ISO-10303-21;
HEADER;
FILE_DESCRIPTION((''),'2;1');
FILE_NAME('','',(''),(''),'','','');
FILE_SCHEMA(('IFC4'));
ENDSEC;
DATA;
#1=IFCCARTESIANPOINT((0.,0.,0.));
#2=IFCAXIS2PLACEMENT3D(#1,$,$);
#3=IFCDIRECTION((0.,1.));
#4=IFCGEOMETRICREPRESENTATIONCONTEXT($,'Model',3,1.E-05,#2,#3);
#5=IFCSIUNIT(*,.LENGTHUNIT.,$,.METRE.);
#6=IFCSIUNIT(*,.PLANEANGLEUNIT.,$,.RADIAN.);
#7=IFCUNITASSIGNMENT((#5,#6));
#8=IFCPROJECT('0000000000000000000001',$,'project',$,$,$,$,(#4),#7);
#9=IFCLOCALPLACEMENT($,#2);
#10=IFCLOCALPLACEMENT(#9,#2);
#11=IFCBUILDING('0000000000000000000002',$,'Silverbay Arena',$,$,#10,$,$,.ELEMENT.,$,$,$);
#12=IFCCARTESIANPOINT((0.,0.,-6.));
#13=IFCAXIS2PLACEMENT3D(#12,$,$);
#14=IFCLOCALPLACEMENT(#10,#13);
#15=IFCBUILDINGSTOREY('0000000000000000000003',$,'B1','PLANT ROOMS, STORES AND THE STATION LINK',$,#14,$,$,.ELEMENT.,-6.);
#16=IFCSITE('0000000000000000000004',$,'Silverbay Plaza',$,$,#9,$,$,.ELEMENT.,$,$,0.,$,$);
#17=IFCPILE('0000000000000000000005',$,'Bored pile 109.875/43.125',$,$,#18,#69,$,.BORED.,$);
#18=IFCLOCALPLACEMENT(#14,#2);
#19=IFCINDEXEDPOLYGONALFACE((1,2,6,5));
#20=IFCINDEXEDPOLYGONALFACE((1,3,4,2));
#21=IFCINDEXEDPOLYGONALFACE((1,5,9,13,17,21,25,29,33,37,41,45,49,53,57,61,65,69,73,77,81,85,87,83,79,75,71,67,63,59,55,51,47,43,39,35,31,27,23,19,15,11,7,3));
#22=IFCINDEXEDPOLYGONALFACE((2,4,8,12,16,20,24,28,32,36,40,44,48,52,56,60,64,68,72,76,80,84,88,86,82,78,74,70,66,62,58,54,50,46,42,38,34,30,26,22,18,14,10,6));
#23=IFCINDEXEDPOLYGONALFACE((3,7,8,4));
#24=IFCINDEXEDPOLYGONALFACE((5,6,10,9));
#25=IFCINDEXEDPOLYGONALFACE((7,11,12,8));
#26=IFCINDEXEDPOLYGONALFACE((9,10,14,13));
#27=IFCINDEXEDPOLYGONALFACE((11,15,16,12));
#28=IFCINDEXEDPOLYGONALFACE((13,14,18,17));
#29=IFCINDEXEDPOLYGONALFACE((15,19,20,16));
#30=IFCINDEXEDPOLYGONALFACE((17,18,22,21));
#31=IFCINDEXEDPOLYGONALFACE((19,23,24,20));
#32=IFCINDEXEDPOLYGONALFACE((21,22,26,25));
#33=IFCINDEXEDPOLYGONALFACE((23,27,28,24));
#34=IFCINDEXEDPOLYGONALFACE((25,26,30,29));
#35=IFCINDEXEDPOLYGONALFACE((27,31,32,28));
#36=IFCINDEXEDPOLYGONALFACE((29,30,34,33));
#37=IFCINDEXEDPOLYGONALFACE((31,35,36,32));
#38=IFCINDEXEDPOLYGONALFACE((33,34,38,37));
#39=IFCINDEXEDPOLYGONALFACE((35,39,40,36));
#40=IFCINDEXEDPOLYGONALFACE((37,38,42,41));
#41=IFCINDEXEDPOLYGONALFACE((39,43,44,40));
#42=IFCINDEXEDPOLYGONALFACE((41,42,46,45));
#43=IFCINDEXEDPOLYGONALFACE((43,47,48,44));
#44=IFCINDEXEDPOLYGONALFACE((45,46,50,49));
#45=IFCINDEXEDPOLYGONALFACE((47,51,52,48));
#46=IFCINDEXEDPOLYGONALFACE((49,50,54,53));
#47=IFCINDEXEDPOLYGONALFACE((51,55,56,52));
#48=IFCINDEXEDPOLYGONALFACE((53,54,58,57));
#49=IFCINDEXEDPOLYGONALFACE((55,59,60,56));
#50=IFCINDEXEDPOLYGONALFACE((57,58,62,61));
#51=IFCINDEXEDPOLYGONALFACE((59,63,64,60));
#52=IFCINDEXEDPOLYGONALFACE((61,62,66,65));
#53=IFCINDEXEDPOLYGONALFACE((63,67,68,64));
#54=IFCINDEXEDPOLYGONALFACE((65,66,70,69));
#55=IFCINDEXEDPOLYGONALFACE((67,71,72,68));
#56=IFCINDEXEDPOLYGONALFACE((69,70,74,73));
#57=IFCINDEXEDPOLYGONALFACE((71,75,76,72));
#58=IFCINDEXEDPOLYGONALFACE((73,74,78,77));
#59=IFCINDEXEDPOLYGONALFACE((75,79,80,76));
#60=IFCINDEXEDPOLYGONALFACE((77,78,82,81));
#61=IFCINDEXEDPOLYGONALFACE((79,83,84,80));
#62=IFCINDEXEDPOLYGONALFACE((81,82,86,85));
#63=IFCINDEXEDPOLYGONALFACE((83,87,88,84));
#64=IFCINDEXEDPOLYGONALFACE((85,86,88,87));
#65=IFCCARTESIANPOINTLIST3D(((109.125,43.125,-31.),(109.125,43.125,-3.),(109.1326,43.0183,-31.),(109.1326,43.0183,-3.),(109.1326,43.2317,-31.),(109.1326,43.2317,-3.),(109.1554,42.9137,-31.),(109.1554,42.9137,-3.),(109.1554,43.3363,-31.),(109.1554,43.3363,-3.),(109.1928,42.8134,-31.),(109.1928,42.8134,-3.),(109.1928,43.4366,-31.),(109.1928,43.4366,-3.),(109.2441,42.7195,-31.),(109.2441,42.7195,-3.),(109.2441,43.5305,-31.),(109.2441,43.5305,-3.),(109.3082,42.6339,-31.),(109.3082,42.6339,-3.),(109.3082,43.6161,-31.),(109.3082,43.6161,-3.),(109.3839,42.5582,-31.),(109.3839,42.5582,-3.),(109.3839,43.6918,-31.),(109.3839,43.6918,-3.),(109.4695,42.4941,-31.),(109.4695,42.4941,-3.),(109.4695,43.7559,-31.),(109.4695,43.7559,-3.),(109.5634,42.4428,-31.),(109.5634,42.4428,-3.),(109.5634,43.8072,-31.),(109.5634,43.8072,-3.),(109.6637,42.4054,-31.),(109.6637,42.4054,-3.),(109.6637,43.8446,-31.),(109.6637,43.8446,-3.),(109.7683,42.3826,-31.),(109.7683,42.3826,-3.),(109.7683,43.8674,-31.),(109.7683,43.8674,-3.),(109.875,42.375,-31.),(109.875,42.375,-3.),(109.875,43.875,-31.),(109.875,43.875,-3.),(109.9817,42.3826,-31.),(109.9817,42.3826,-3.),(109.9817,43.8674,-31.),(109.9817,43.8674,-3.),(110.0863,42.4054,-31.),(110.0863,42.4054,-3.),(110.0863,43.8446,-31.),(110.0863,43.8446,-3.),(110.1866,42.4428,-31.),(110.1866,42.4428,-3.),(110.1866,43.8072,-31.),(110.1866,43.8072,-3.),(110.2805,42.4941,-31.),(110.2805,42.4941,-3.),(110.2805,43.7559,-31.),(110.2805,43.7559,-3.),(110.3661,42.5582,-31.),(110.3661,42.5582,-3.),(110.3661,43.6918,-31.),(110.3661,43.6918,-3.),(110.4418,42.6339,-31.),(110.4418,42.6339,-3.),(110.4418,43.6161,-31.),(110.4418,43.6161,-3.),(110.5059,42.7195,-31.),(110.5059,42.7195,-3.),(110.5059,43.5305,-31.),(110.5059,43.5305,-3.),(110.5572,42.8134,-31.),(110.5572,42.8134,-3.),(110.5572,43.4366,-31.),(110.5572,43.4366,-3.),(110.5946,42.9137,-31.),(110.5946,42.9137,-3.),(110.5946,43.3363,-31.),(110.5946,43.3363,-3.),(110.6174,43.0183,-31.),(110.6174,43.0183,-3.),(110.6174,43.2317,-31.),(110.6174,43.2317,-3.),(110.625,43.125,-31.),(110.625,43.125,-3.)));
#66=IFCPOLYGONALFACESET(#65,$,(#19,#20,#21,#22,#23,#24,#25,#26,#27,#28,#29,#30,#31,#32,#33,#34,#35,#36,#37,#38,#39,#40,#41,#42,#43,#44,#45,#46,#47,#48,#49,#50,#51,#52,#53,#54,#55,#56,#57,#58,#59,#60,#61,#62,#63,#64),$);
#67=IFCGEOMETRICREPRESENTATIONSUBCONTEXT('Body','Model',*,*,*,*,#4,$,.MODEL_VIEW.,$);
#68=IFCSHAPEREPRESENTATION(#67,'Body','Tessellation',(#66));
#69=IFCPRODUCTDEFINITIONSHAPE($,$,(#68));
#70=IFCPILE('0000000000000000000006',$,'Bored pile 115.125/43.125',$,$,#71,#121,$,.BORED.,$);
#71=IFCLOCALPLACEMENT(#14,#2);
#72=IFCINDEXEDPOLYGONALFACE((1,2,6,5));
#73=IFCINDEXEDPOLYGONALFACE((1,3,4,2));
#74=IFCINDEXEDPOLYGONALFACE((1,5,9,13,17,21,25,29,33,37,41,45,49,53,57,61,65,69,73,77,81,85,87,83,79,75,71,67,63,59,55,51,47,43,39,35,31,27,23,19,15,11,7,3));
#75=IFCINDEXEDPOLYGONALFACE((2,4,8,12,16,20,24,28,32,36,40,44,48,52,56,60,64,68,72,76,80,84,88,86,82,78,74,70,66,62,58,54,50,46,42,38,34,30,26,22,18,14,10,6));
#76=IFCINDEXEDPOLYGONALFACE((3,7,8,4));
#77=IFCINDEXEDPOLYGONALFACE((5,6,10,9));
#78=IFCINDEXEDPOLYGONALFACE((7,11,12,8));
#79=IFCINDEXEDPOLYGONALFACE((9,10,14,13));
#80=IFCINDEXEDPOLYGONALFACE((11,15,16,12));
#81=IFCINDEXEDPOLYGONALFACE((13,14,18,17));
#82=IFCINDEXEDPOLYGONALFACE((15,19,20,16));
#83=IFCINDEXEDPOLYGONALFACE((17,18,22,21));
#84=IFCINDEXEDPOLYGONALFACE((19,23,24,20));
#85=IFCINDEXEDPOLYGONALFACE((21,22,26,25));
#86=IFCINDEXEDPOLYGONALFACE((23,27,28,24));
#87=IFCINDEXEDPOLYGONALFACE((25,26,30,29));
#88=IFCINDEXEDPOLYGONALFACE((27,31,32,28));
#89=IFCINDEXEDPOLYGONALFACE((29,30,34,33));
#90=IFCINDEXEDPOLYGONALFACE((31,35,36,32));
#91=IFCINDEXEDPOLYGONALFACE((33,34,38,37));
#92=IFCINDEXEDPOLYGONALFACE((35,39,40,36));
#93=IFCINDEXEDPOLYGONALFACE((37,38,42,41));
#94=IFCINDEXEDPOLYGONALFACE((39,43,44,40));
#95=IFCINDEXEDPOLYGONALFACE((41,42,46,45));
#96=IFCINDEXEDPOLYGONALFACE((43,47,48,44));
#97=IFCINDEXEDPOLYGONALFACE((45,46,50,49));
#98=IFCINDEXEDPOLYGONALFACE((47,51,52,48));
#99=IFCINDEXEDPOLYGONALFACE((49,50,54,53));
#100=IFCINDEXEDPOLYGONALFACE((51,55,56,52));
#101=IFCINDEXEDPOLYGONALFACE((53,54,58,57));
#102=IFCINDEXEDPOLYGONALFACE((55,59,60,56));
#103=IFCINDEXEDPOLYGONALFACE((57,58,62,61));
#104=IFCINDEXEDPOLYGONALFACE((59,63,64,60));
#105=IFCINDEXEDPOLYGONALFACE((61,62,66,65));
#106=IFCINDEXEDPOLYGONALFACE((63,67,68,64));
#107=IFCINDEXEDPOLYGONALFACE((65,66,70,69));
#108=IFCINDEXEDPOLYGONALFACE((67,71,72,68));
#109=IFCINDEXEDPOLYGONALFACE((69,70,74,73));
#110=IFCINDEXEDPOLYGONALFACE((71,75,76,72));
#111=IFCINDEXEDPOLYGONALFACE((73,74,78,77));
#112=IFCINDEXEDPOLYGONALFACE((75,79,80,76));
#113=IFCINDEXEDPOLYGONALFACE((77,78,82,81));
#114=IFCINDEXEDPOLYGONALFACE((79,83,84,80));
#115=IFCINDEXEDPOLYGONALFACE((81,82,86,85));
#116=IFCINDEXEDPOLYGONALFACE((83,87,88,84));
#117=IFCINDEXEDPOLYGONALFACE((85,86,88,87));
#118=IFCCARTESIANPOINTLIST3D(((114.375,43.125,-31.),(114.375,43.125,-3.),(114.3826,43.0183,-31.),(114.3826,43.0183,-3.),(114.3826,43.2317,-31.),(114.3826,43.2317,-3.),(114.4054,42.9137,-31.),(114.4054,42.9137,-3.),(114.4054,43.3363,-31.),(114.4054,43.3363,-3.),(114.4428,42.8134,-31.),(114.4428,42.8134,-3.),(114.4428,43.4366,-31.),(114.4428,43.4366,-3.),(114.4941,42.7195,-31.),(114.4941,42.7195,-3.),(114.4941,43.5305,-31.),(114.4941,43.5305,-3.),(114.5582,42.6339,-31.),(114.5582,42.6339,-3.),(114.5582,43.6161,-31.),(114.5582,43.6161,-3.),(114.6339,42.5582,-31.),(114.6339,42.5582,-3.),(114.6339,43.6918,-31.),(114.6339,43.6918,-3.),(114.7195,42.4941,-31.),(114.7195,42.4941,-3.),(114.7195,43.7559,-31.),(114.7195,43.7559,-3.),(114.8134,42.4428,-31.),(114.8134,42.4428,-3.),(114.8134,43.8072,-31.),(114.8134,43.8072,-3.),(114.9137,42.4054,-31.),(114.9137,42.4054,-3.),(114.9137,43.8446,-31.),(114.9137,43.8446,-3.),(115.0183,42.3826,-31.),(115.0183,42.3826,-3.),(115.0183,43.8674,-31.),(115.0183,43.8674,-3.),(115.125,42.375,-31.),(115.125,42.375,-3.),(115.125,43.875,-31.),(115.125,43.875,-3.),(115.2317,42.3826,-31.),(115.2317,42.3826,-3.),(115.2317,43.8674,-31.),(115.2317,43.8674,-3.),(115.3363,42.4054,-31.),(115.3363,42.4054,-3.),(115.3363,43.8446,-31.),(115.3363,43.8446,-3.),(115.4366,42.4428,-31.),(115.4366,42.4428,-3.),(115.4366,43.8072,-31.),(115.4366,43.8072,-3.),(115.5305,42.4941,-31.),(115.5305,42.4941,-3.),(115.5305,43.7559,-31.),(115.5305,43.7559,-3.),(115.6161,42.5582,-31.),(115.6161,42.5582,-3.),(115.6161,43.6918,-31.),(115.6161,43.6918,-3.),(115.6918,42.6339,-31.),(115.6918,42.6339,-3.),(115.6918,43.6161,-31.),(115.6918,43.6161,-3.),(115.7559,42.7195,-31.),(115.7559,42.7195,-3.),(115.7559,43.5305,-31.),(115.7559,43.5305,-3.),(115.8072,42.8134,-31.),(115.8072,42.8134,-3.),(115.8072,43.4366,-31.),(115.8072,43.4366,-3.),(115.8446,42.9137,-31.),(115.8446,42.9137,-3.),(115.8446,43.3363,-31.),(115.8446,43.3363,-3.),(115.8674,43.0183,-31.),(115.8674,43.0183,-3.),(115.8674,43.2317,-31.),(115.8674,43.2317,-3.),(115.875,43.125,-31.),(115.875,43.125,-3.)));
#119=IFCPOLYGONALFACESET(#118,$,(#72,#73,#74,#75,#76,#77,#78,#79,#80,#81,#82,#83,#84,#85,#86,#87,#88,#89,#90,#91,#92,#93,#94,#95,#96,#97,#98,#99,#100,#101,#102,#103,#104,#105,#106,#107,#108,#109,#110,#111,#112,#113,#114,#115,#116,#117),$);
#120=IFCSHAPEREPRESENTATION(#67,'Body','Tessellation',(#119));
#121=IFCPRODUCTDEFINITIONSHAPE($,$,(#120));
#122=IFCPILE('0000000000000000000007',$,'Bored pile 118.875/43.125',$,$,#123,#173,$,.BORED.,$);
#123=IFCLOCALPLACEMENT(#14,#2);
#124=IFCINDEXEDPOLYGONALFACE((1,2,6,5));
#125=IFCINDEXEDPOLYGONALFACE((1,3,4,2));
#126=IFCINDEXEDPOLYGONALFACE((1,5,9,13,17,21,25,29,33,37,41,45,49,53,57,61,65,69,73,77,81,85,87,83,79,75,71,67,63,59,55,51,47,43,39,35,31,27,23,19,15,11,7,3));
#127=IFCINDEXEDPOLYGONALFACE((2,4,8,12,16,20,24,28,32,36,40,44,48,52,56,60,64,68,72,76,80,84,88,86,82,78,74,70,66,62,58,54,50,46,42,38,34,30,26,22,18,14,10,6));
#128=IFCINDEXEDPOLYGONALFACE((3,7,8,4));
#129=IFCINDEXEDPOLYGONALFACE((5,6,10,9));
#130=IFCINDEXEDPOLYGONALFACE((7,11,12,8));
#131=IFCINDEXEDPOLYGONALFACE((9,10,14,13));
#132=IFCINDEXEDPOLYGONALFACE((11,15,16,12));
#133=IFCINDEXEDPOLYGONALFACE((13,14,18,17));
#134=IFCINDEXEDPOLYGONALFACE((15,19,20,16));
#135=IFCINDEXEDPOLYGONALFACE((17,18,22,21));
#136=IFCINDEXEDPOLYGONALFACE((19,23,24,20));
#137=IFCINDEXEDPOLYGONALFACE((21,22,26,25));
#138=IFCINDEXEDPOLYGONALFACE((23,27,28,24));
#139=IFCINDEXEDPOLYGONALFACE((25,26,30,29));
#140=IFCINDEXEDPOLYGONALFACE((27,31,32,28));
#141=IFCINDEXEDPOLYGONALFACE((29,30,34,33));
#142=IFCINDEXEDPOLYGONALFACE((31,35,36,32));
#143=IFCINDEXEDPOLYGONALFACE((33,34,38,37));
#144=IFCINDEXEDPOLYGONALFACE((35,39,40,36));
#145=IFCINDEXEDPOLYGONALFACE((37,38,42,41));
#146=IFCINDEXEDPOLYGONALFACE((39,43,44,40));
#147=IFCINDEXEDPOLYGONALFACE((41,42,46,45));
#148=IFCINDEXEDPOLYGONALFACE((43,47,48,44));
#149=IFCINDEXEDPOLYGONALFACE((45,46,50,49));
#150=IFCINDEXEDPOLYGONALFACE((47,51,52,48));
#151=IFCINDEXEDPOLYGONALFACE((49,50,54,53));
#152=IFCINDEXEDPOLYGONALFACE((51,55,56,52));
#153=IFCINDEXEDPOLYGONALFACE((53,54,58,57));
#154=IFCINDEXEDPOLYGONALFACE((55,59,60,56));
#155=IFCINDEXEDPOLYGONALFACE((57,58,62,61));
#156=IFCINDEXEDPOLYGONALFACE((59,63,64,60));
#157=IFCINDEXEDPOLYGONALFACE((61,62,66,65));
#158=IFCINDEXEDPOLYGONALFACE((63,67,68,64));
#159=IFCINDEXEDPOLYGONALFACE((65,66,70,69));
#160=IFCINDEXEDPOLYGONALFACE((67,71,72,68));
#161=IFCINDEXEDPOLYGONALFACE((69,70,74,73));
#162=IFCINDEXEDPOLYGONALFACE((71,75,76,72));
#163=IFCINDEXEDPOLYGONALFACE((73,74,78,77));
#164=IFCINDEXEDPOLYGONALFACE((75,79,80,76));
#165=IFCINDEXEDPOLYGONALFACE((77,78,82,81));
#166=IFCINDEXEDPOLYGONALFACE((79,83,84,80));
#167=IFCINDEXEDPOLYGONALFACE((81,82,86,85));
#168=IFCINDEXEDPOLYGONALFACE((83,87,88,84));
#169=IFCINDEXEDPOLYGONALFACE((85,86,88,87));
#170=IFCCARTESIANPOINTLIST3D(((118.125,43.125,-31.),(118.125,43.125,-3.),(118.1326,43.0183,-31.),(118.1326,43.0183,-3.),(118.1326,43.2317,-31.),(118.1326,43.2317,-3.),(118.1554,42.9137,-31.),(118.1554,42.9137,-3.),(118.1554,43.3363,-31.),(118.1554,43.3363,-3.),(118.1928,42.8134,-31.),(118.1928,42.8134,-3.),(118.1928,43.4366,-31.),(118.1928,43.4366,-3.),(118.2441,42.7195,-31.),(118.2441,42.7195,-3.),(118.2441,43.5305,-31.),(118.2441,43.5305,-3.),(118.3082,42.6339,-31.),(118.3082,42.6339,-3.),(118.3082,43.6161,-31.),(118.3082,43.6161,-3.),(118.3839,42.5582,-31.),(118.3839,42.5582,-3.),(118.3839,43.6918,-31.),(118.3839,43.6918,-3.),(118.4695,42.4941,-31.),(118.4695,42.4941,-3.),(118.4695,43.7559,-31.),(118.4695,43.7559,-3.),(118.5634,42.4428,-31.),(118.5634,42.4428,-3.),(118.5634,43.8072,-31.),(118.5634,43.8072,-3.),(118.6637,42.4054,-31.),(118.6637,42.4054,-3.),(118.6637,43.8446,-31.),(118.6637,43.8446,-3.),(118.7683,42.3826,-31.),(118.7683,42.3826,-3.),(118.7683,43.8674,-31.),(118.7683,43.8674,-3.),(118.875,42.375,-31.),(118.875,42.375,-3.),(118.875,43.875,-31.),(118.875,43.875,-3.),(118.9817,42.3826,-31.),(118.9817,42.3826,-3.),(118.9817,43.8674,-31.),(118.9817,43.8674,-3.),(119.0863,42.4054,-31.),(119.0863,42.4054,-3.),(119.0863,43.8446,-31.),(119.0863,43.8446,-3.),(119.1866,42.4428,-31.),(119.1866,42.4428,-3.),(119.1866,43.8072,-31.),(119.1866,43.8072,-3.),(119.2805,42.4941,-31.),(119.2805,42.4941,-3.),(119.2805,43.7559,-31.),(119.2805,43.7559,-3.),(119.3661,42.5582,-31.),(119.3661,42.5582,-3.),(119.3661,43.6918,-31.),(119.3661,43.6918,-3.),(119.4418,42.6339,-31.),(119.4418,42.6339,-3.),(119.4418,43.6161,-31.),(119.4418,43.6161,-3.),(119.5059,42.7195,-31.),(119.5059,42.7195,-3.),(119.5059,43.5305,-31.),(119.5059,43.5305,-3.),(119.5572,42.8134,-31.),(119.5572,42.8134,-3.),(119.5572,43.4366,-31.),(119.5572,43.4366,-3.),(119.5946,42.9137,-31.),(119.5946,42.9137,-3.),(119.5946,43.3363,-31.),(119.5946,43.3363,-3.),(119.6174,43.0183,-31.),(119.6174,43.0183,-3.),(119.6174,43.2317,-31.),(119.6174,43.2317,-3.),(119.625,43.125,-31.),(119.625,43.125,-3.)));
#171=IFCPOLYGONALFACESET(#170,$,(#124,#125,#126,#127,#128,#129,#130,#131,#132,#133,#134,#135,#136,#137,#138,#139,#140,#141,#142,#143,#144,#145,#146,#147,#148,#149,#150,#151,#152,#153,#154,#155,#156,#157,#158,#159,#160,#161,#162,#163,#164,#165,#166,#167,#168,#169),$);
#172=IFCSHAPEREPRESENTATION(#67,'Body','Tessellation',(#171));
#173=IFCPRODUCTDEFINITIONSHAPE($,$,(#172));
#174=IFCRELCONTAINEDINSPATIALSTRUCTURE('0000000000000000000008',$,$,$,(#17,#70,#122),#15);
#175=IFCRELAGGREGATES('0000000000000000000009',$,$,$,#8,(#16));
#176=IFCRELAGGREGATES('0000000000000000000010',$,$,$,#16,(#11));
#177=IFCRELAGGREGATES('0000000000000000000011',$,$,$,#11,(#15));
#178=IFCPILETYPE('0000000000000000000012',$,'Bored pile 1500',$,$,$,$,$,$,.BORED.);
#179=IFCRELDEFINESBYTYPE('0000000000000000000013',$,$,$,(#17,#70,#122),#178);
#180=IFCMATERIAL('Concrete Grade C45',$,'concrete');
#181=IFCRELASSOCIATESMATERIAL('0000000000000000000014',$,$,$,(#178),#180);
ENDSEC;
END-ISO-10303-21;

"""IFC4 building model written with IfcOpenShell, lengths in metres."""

from ifc_helpers import new_model, si_unit, direction, frame, origin, origin_2d, place, context, subcontext, project, spatial, circle, extrude, material, material_profile, profile_set, type_object, element, save


model = new_model("IFC4")

# Units and contexts
model_context = context("Model", 3, precision=1e-05, world=origin(), true_north=direction((0.0, 1.0)))
body_context = subcontext(model_context, "Body", "Model", "MODEL_VIEW")
ifc_project = project(units=[si_unit("LENGTHUNIT", "METRE"), si_unit("PLANEANGLEUNIT", "RADIAN")], contexts=[model_context])

# Site, building, storey
site_placement = place(None, origin())
site = spatial("IfcSite", under=ifc_project, at=site_placement, Name="Silverbay Plaza", CompositionType="ELEMENT", RefElevation=0.0)
building_placement = place(site_placement, origin())
building = spatial("IfcBuilding", under=site, at=building_placement, Name="Silverbay Arena", CompositionType="ELEMENT")
storey_placement = place(building_placement, frame((0.0, 0.0, -6.0)))
storey = spatial("IfcBuildingStorey", under=building, at=storey_placement, Name="B1", Description="PLANT ROOMS, STORES AND THE STATION LINK", CompositionType="ELEMENT", Elevation=-6.0)

# Piles
ifc_material_1 = material(Name="Concrete Grade C45", Category="concrete")
ifc_material_profile_1 = material_profile(ifc_material_1, circle(Radius=0.75, at=origin_2d()), Name="Bored pile 1500")
ifc_profile_set_1 = profile_set([ifc_material_profile_1], Name="Concrete Grade C45")
pile_type_1 = type_object("IfcPileType", Name="Bored pile 1500", PredefinedType="BORED", material=ifc_profile_set_1)
for number, where, z_axis, x_axis, name in (
    (1, (109.875, 43.125, -3.0), (0.0, 0.0, -1.0), (1.0, 0.0, 0.0), "Bored pile 109.875/43.125"),
    (2, (115.125, 43.125, -3.0), (0.0, 0.0, -1.0), (1.0, 0.0, 0.0), "Bored pile 115.125/43.125"),
    (3, (118.875, 43.125, -3.0), (0.0, 0.0, -1.0), (1.0, 0.0, 0.0), "Bored pile 118.875/43.125"),
):
    element("IfcPile", number, at=place(storey_placement, frame(where, z_axis=z_axis, x_axis=x_axis)), inside=storey, type_object=pile_type_1, Name=name, PredefinedType="BORED", context=body_context, shape_type="SweptSolid", body=[
        extrude(circle(Radius=0.75, at=origin_2d()), origin(), (0.0, 0.0, 1.0), 28.0),
    ])

save(model, "model.ifc")
